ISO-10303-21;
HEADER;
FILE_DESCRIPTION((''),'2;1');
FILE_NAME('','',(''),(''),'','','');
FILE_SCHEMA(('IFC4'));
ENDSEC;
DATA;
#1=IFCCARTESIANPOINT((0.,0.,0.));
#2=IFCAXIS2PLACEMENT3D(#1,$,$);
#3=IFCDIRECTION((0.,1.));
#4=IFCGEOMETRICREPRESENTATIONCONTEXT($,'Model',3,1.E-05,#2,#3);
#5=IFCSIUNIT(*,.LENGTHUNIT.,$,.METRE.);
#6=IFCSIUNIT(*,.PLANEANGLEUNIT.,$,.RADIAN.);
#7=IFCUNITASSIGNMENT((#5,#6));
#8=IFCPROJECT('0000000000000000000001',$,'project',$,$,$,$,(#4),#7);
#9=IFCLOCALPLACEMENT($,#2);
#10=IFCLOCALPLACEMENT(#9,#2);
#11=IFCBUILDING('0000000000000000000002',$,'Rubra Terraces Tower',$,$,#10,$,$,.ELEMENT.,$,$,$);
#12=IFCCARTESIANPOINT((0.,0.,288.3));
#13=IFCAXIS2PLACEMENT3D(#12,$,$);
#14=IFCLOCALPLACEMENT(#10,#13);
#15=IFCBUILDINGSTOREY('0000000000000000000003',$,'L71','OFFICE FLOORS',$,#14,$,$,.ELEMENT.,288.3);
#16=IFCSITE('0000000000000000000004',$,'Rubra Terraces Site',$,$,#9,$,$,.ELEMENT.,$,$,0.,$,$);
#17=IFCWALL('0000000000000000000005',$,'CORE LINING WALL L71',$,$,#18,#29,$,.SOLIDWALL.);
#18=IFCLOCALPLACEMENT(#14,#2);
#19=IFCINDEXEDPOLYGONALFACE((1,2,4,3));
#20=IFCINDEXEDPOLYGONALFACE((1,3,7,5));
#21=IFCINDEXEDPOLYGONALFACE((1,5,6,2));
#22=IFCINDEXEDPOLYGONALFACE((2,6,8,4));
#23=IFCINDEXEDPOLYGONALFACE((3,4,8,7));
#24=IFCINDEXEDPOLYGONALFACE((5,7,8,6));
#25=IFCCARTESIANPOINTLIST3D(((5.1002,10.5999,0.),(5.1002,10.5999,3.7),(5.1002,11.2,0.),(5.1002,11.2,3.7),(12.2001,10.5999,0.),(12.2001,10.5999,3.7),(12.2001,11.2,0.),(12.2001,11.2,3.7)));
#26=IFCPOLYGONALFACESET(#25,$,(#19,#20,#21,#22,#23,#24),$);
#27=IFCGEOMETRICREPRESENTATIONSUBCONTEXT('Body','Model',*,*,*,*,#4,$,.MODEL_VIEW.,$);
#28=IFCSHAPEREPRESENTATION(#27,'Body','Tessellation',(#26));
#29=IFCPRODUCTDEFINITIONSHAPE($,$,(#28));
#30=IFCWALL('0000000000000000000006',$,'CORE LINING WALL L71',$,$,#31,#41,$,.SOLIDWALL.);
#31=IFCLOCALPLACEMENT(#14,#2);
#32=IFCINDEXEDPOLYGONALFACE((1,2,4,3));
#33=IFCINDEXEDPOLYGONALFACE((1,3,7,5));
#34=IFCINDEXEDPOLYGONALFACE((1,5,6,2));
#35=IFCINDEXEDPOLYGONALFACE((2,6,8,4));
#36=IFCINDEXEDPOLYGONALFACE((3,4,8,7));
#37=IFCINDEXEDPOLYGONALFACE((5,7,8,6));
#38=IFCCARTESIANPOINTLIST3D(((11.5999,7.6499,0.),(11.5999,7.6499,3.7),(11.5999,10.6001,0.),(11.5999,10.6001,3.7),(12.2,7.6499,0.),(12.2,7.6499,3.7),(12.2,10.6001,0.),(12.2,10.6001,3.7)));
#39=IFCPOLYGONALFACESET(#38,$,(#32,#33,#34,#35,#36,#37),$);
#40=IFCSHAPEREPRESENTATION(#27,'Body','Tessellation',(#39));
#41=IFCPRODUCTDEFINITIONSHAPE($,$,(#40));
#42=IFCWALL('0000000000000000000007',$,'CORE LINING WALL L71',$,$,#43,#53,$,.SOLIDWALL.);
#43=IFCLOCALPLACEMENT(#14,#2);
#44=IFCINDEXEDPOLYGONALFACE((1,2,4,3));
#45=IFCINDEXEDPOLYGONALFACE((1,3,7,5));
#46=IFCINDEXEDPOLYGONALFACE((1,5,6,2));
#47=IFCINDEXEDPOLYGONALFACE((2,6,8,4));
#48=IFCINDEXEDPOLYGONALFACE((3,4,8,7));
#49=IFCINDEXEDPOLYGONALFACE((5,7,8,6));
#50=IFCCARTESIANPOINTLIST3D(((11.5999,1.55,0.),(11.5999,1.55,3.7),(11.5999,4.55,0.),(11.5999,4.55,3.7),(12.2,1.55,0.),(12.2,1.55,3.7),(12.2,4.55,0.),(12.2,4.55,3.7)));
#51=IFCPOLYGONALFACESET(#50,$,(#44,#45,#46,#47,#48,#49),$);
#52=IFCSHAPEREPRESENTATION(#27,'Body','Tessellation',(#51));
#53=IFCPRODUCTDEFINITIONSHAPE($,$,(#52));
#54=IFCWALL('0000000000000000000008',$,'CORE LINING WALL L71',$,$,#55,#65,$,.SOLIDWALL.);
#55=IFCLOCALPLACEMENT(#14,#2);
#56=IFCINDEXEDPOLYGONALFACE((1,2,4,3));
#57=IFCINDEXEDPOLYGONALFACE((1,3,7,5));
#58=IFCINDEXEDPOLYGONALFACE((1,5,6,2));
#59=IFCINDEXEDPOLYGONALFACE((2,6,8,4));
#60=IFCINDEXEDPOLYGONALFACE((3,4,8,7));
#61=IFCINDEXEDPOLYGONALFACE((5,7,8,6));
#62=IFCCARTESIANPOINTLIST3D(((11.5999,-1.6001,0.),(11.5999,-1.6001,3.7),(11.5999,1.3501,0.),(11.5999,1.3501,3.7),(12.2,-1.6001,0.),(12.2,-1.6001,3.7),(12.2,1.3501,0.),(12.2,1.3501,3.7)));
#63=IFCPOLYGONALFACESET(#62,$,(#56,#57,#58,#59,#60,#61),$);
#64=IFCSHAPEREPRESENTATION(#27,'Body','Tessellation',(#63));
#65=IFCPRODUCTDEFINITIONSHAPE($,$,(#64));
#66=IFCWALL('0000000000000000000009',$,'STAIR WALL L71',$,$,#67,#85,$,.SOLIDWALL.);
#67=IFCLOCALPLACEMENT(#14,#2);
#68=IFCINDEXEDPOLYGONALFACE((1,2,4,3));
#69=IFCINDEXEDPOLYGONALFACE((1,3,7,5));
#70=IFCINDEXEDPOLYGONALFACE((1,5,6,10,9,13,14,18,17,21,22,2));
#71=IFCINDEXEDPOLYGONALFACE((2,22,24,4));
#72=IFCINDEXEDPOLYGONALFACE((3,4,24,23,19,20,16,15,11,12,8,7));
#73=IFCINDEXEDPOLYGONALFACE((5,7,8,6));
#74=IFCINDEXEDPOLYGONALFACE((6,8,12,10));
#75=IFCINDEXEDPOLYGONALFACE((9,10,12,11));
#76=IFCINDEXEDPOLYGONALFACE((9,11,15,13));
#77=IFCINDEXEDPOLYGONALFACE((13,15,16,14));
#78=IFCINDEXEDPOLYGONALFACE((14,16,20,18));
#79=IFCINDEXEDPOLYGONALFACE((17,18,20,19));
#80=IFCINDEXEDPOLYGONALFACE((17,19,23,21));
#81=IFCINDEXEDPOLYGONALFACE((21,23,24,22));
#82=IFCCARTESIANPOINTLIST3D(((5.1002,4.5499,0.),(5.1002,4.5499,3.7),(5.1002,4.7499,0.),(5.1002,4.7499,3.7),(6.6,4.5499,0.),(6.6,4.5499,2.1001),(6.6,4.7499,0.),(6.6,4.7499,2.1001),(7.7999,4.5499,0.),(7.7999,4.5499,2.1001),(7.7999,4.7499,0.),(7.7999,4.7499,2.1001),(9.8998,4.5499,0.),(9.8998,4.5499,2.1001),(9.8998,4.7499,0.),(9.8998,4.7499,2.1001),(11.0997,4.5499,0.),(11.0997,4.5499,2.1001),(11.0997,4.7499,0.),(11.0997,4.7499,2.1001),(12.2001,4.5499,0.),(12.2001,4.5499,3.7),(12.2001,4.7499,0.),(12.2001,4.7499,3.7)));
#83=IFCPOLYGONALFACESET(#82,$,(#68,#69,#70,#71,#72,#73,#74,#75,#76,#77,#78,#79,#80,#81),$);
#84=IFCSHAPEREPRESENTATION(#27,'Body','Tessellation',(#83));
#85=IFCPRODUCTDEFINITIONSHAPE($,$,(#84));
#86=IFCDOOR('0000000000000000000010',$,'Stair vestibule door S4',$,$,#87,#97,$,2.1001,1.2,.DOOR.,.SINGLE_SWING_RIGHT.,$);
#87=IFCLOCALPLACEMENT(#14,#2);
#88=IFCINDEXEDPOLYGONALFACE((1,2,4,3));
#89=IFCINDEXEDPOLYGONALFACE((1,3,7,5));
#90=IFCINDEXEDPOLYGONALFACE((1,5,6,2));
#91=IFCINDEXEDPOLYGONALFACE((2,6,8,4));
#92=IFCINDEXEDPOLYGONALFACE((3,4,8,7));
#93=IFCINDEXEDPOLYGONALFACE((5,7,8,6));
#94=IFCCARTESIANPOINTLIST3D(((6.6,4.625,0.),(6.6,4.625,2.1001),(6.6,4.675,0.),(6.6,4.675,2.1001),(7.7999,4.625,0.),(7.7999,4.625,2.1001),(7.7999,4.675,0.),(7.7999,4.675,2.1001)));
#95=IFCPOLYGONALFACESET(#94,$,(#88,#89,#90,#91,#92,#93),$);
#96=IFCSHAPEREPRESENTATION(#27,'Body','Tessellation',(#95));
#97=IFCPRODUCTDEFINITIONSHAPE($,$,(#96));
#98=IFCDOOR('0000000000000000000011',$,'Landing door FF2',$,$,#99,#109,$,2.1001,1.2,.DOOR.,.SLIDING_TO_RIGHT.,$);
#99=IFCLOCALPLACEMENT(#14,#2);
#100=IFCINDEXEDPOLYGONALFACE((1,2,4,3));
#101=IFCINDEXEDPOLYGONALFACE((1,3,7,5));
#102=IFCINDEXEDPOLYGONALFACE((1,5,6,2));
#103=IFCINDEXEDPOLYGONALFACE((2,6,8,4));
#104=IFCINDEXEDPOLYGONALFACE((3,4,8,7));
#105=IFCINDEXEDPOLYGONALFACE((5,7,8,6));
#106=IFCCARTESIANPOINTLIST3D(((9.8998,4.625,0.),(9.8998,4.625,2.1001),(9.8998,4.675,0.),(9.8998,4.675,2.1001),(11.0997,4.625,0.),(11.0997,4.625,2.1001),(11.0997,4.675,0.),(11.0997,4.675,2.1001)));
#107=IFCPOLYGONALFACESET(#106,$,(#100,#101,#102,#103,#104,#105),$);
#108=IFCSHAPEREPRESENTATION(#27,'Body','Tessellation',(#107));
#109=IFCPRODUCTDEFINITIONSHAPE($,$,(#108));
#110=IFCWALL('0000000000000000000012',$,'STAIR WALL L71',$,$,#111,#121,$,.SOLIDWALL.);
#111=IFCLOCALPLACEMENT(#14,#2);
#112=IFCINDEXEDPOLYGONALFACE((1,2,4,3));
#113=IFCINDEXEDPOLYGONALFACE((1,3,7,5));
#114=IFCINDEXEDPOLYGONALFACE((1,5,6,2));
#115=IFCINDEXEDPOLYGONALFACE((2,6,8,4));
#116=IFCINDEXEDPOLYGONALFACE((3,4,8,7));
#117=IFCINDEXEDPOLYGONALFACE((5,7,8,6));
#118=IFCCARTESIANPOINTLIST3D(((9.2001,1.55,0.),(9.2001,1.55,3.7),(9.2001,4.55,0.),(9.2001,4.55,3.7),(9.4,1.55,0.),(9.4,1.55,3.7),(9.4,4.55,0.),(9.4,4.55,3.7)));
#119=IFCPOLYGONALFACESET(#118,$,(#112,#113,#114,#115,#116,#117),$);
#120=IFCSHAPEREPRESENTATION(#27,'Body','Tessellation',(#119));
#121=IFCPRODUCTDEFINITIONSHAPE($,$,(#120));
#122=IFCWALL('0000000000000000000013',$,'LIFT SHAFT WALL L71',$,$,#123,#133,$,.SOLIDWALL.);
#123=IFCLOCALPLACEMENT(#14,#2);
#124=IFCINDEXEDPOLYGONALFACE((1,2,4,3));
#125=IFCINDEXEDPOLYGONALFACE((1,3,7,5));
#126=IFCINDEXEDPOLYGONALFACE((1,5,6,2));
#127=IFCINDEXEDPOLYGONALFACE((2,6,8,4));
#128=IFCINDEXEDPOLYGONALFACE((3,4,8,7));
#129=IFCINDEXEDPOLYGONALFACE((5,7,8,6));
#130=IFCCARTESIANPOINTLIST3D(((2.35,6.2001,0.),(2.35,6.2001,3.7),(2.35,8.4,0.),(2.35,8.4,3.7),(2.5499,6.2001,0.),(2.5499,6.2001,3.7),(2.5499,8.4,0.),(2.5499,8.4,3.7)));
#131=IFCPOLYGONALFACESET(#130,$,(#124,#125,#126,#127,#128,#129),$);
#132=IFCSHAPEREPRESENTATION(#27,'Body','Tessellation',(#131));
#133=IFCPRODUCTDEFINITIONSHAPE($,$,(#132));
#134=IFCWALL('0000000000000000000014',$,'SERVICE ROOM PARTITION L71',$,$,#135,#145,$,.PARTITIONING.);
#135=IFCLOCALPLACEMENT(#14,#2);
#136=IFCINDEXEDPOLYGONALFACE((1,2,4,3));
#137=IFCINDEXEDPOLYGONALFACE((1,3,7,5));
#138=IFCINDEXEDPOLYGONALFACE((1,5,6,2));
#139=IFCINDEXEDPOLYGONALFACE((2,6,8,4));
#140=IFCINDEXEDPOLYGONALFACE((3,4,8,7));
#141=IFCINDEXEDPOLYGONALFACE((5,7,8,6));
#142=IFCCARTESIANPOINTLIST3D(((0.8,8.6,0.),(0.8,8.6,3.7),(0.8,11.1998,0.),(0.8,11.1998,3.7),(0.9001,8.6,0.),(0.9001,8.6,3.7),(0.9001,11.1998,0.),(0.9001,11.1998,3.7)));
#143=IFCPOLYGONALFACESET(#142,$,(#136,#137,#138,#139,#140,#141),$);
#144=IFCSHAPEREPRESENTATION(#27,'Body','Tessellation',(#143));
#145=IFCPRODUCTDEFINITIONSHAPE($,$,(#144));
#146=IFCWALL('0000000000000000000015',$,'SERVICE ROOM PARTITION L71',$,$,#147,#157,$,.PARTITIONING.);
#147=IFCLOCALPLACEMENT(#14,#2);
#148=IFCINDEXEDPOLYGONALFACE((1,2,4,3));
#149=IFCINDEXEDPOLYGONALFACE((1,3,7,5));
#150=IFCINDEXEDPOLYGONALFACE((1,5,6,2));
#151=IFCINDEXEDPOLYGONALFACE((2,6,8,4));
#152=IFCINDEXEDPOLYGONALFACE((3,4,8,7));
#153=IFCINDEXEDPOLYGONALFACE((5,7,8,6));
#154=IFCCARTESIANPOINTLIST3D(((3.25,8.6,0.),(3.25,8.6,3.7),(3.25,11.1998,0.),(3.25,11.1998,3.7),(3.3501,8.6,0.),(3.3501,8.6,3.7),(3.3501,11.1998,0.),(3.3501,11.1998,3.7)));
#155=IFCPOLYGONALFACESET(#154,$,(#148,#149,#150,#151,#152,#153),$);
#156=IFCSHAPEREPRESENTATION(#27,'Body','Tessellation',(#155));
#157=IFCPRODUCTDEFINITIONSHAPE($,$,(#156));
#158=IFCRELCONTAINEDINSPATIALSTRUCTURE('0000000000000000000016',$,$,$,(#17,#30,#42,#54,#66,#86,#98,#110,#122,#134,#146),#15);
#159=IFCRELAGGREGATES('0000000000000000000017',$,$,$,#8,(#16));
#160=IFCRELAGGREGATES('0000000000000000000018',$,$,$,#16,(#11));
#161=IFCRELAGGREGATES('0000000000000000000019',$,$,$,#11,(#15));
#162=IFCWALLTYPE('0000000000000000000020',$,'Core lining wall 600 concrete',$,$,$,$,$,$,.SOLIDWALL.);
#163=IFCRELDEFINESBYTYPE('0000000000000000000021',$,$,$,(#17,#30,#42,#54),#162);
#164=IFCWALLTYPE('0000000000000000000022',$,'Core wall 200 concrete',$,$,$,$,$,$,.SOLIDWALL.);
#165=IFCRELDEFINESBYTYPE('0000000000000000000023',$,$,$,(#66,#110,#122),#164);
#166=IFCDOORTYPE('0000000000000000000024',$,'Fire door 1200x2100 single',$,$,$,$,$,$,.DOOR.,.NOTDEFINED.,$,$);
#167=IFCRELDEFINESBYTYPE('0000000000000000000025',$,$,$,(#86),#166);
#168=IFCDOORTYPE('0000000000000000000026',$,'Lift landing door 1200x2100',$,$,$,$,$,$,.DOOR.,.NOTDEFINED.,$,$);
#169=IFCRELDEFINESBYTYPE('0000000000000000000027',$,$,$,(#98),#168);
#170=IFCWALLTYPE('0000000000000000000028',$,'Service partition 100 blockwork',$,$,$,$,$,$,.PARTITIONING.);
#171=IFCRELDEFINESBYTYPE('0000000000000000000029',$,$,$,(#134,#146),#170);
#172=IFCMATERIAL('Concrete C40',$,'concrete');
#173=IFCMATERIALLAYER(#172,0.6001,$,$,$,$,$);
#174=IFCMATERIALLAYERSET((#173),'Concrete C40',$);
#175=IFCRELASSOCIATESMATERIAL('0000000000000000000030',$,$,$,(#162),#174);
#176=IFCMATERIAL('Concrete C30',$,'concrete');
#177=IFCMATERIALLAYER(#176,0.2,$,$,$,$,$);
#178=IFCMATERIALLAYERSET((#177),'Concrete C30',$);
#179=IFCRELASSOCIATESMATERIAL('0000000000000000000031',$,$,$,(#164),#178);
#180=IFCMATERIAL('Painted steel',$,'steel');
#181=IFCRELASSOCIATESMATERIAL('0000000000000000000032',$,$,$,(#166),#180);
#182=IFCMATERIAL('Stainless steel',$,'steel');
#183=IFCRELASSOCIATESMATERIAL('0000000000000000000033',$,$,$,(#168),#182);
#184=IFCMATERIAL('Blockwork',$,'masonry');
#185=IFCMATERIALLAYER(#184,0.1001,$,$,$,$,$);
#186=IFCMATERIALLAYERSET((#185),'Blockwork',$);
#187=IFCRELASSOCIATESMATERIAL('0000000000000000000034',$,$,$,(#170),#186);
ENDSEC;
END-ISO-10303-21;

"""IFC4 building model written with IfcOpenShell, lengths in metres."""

from ifc_helpers import new_model, si_unit, direction, frame, frame_2d, origin, place, context, subcontext, project, spatial, rectangle, extrude, material, layer, layer_set, type_object, element, fill, save


model = new_model("IFC4")

# Units and contexts
model_context = context("Model", 3, precision=1e-05, world=origin(), true_north=direction((0.0, 1.0)))
body_context = subcontext(model_context, "Body", "Model", "MODEL_VIEW")
ifc_project = project(units=[si_unit("LENGTHUNIT", "METRE"), si_unit("PLANEANGLEUNIT", "RADIAN")], contexts=[model_context])

# Site, building, storey
site_placement = place(None, origin())
site = spatial("IfcSite", under=ifc_project, at=site_placement, Name="Rubra Terraces Site", CompositionType="ELEMENT", RefElevation=0.0)
building_placement = place(site_placement, origin())
building = spatial("IfcBuilding", under=site, at=building_placement, Name="Rubra Terraces Tower", CompositionType="ELEMENT")
storey_placement = place(building_placement, frame((0.0, 0.0, 288.3)))
storey = spatial("IfcBuildingStorey", under=building, at=storey_placement, Name="L71", Description="OFFICE FLOORS", CompositionType="ELEMENT", Elevation=288.3)

# Walls
ifc_material_1 = material(Name="Concrete C40", Category="concrete")
ifc_layer_1 = layer(ifc_material_1, 0.6001)
ifc_layer_set_1 = layer_set([ifc_layer_1], Name="Concrete C40")
wall_type_1 = type_object("IfcWallType", Name="Core lining wall 600 concrete", PredefinedType="SOLIDWALL", material=ifc_layer_set_1)
wall_1_placement = place(storey_placement, frame((12.2, 10.8999, 0.0), z_axis=(0.0, 0.0, 1.0), x_axis=(-1.0, 0.0, 0.0)))
element("IfcWall", 1, at=wall_1_placement, inside=storey, type_object=wall_type_1, Name="CORE LINING WALL L71", PredefinedType="SOLIDWALL", context=body_context, shape_type="SweptSolid", body=[
    extrude(rectangle(XDim=7.0999, YDim=0.6001, at=frame_2d((3.5498, 0.0))), origin(), (0.0, 0.0, 1.0), 3.7),
])
wall_2_placement = place(storey_placement, frame((11.8999, 10.6001, 0.0), z_axis=(0.0, 0.0, 1.0), x_axis=(0.0, -1.0, 0.0)))
element("IfcWall", 2, at=wall_2_placement, inside=storey, type_object=wall_type_1, Name="CORE LINING WALL L71", PredefinedType="SOLIDWALL", context=body_context, shape_type="SweptSolid", body=[
    extrude(rectangle(XDim=2.9502, YDim=0.6001, at=frame_2d((1.4751, 0.0))), origin(), (0.0, 0.0, 1.0), 3.7),
])
wall_3_placement = place(storey_placement, frame((11.8999, 4.55, 0.0), z_axis=(0.0, 0.0, 1.0), x_axis=(0.0, -1.0, 0.0)))
element("IfcWall", 3, at=wall_3_placement, inside=storey, type_object=wall_type_1, Name="CORE LINING WALL L71", PredefinedType="SOLIDWALL", context=body_context, shape_type="SweptSolid", body=[
    extrude(rectangle(XDim=3.0, YDim=0.6001, at=frame_2d((1.5, 0.0))), origin(), (0.0, 0.0, 1.0), 3.7),
])
wall_4_placement = place(storey_placement, frame((11.8999, 1.3501, 0.0), z_axis=(0.0, 0.0, 1.0), x_axis=(0.0, -1.0, 0.0)))
element("IfcWall", 4, at=wall_4_placement, inside=storey, type_object=wall_type_1, Name="CORE LINING WALL L71", PredefinedType="SOLIDWALL", context=body_context, shape_type="SweptSolid", body=[
    extrude(rectangle(XDim=2.9502, YDim=0.6001, at=frame_2d((1.4751, 0.0))), origin(), (0.0, 0.0, 1.0), 3.7),
])

# Wall, openings, doors
ifc_material_2 = material(Name="Concrete C30", Category="concrete")
ifc_layer_2 = layer(ifc_material_2, 0.2)
ifc_layer_set_2 = layer_set([ifc_layer_2], Name="Concrete C30")
wall_type_2 = type_object("IfcWallType", Name="Core wall 200 concrete", PredefinedType="SOLIDWALL", material=ifc_layer_set_2)
wall_5_placement = place(storey_placement, frame((12.2, 4.6499, 0.0), z_axis=(0.0, 0.0, 1.0), x_axis=(-1.0, 0.0, 0.0)))
wall_5 = element("IfcWall", 5, at=wall_5_placement, inside=storey, type_object=wall_type_2, Name="STAIR WALL L71", PredefinedType="SOLIDWALL", context=body_context, shape_type="SweptSolid", body=[
    extrude(rectangle(XDim=7.0999, YDim=0.2, at=frame_2d((3.5498, 0.0))), origin(), (0.0, 0.0, 1.0), 3.7),
])
opening_1_placement = place(wall_5_placement, frame((4.3999, 0.0, 0.0)))
opening_1 = element("IfcOpeningElement", 6, at=opening_1_placement, cuts=wall_5, PredefinedType="OPENING", context=body_context, shape_type="SweptSolid", body=[
    extrude(rectangle(XDim=1.2, YDim=2.1001, at=frame_2d((0.6001, 1.05))), frame((0.0, 0.1099, 0.0), z_axis=(0.0, -1.0, 0.0), x_axis=(1.0, 0.0, 0.0)), (0.0, 0.0, 1.0), 0.22),
])
opening_2_placement = place(wall_5_placement, frame((1.1001, 0.0, 0.0)))
opening_2 = element("IfcOpeningElement", 7, at=opening_2_placement, cuts=wall_5, PredefinedType="OPENING", context=body_context, shape_type="SweptSolid", body=[
    extrude(rectangle(XDim=1.2, YDim=2.1001, at=frame_2d((0.6001, 1.05))), frame((0.0, 0.1099, 0.0), z_axis=(0.0, -1.0, 0.0), x_axis=(1.0, 0.0, 0.0)), (0.0, 0.0, 1.0), 0.22),
])
ifc_material_3 = material(Name="Painted steel", Category="steel")
door_type_1 = type_object("IfcDoorType", Name="Fire door 1200x2100 single", OperationType="NOTDEFINED", PredefinedType="DOOR", material=ifc_material_3)
door_1_placement = place(opening_1_placement, origin())
door_1 = element("IfcDoor", 8, at=door_1_placement, inside=storey, type_object=door_type_1, Name="Stair vestibule door S4", OperationType="SINGLE_SWING_RIGHT", OverallHeight=2.1001, OverallWidth=1.2, PredefinedType="DOOR", context=body_context, shape_type="SweptSolid", body=[
    extrude(rectangle(XDim=1.2, YDim=2.1001, at=frame_2d((0.6001, 1.05))), frame((0.0, 0.0249, 0.0), z_axis=(0.0, -1.0, 0.0), x_axis=(1.0, 0.0, 0.0)), (0.0, 0.0, 1.0), 0.05),
])
fill(opening_1, door_1)
ifc_material_4 = material(Name="Stainless steel", Category="steel")
door_type_2 = type_object("IfcDoorType", Name="Lift landing door 1200x2100", OperationType="NOTDEFINED", PredefinedType="DOOR", material=ifc_material_4)
door_2_placement = place(opening_2_placement, origin())
door_2 = element("IfcDoor", 9, at=door_2_placement, inside=storey, type_object=door_type_2, Name="Landing door FF2", OperationType="SLIDING_TO_RIGHT", OverallHeight=2.1001, OverallWidth=1.2, PredefinedType="DOOR", context=body_context, shape_type="SweptSolid", body=[
    extrude(rectangle(XDim=1.2, YDim=2.1001, at=frame_2d((0.6001, 1.05))), frame((0.0, 0.0249, 0.0), z_axis=(0.0, -1.0, 0.0), x_axis=(1.0, 0.0, 0.0)), (0.0, 0.0, 1.0), 0.05),
])
fill(opening_2, door_2)

# Walls
wall_6_placement = place(storey_placement, frame((9.3, 4.55, 0.0), z_axis=(0.0, 0.0, 1.0), x_axis=(0.0, -1.0, 0.0)))
element("IfcWall", 10, at=wall_6_placement, inside=storey, type_object=wall_type_2, Name="STAIR WALL L71", PredefinedType="SOLIDWALL", context=body_context, shape_type="SweptSolid", body=[
    extrude(rectangle(XDim=3.0, YDim=0.2, at=frame_2d((1.5, 0.0))), origin(), (0.0, 0.0, 1.0), 3.7),
])
wall_7_placement = place(storey_placement, frame((2.45, 6.2, 0.0), z_axis=(0.0, 0.0, 1.0), x_axis=(0.0, 1.0, 0.0)))
element("IfcWall", 11, at=wall_7_placement, inside=storey, type_object=wall_type_2, Name="LIFT SHAFT WALL L71", PredefinedType="SOLIDWALL", context=body_context, shape_type="SweptSolid", body=[
    extrude(rectangle(XDim=2.2, YDim=0.2, at=frame_2d((1.1001, 0.0))), origin(), (0.0, 0.0, 1.0), 3.7),
])
ifc_material_5 = material(Name="Blockwork", Category="masonry")
ifc_layer_3 = layer(ifc_material_5, 0.1001)
ifc_layer_set_3 = layer_set([ifc_layer_3], Name="Blockwork")
wall_type_3 = type_object("IfcWallType", Name="Service partition 100 blockwork", PredefinedType="PARTITIONING", material=ifc_layer_set_3)
for number, where, z_axis, x_axis, name in (
    (12, (0.8501, 8.6001, 0.0), (0.0, 0.0, 1.0), (0.0, 1.0, 0.0), "SERVICE ROOM PARTITION L71"),
    (13, (3.3, 8.6001, 0.0), (0.0, 0.0, 1.0), (0.0, 1.0, 0.0), "SERVICE ROOM PARTITION L71"),
):
    element("IfcWall", number, at=place(storey_placement, frame(where, z_axis=z_axis, x_axis=x_axis)), inside=storey, type_object=wall_type_3, Name=name, PredefinedType="PARTITIONING", context=body_context, shape_type="SweptSolid", body=[
        extrude(rectangle(XDim=2.5999, YDim=0.1001, at=frame_2d((1.2998, 0.0))), origin(), (0.0, 0.0, 1.0), 3.7),
    ])

save(model, "model.ifc")
